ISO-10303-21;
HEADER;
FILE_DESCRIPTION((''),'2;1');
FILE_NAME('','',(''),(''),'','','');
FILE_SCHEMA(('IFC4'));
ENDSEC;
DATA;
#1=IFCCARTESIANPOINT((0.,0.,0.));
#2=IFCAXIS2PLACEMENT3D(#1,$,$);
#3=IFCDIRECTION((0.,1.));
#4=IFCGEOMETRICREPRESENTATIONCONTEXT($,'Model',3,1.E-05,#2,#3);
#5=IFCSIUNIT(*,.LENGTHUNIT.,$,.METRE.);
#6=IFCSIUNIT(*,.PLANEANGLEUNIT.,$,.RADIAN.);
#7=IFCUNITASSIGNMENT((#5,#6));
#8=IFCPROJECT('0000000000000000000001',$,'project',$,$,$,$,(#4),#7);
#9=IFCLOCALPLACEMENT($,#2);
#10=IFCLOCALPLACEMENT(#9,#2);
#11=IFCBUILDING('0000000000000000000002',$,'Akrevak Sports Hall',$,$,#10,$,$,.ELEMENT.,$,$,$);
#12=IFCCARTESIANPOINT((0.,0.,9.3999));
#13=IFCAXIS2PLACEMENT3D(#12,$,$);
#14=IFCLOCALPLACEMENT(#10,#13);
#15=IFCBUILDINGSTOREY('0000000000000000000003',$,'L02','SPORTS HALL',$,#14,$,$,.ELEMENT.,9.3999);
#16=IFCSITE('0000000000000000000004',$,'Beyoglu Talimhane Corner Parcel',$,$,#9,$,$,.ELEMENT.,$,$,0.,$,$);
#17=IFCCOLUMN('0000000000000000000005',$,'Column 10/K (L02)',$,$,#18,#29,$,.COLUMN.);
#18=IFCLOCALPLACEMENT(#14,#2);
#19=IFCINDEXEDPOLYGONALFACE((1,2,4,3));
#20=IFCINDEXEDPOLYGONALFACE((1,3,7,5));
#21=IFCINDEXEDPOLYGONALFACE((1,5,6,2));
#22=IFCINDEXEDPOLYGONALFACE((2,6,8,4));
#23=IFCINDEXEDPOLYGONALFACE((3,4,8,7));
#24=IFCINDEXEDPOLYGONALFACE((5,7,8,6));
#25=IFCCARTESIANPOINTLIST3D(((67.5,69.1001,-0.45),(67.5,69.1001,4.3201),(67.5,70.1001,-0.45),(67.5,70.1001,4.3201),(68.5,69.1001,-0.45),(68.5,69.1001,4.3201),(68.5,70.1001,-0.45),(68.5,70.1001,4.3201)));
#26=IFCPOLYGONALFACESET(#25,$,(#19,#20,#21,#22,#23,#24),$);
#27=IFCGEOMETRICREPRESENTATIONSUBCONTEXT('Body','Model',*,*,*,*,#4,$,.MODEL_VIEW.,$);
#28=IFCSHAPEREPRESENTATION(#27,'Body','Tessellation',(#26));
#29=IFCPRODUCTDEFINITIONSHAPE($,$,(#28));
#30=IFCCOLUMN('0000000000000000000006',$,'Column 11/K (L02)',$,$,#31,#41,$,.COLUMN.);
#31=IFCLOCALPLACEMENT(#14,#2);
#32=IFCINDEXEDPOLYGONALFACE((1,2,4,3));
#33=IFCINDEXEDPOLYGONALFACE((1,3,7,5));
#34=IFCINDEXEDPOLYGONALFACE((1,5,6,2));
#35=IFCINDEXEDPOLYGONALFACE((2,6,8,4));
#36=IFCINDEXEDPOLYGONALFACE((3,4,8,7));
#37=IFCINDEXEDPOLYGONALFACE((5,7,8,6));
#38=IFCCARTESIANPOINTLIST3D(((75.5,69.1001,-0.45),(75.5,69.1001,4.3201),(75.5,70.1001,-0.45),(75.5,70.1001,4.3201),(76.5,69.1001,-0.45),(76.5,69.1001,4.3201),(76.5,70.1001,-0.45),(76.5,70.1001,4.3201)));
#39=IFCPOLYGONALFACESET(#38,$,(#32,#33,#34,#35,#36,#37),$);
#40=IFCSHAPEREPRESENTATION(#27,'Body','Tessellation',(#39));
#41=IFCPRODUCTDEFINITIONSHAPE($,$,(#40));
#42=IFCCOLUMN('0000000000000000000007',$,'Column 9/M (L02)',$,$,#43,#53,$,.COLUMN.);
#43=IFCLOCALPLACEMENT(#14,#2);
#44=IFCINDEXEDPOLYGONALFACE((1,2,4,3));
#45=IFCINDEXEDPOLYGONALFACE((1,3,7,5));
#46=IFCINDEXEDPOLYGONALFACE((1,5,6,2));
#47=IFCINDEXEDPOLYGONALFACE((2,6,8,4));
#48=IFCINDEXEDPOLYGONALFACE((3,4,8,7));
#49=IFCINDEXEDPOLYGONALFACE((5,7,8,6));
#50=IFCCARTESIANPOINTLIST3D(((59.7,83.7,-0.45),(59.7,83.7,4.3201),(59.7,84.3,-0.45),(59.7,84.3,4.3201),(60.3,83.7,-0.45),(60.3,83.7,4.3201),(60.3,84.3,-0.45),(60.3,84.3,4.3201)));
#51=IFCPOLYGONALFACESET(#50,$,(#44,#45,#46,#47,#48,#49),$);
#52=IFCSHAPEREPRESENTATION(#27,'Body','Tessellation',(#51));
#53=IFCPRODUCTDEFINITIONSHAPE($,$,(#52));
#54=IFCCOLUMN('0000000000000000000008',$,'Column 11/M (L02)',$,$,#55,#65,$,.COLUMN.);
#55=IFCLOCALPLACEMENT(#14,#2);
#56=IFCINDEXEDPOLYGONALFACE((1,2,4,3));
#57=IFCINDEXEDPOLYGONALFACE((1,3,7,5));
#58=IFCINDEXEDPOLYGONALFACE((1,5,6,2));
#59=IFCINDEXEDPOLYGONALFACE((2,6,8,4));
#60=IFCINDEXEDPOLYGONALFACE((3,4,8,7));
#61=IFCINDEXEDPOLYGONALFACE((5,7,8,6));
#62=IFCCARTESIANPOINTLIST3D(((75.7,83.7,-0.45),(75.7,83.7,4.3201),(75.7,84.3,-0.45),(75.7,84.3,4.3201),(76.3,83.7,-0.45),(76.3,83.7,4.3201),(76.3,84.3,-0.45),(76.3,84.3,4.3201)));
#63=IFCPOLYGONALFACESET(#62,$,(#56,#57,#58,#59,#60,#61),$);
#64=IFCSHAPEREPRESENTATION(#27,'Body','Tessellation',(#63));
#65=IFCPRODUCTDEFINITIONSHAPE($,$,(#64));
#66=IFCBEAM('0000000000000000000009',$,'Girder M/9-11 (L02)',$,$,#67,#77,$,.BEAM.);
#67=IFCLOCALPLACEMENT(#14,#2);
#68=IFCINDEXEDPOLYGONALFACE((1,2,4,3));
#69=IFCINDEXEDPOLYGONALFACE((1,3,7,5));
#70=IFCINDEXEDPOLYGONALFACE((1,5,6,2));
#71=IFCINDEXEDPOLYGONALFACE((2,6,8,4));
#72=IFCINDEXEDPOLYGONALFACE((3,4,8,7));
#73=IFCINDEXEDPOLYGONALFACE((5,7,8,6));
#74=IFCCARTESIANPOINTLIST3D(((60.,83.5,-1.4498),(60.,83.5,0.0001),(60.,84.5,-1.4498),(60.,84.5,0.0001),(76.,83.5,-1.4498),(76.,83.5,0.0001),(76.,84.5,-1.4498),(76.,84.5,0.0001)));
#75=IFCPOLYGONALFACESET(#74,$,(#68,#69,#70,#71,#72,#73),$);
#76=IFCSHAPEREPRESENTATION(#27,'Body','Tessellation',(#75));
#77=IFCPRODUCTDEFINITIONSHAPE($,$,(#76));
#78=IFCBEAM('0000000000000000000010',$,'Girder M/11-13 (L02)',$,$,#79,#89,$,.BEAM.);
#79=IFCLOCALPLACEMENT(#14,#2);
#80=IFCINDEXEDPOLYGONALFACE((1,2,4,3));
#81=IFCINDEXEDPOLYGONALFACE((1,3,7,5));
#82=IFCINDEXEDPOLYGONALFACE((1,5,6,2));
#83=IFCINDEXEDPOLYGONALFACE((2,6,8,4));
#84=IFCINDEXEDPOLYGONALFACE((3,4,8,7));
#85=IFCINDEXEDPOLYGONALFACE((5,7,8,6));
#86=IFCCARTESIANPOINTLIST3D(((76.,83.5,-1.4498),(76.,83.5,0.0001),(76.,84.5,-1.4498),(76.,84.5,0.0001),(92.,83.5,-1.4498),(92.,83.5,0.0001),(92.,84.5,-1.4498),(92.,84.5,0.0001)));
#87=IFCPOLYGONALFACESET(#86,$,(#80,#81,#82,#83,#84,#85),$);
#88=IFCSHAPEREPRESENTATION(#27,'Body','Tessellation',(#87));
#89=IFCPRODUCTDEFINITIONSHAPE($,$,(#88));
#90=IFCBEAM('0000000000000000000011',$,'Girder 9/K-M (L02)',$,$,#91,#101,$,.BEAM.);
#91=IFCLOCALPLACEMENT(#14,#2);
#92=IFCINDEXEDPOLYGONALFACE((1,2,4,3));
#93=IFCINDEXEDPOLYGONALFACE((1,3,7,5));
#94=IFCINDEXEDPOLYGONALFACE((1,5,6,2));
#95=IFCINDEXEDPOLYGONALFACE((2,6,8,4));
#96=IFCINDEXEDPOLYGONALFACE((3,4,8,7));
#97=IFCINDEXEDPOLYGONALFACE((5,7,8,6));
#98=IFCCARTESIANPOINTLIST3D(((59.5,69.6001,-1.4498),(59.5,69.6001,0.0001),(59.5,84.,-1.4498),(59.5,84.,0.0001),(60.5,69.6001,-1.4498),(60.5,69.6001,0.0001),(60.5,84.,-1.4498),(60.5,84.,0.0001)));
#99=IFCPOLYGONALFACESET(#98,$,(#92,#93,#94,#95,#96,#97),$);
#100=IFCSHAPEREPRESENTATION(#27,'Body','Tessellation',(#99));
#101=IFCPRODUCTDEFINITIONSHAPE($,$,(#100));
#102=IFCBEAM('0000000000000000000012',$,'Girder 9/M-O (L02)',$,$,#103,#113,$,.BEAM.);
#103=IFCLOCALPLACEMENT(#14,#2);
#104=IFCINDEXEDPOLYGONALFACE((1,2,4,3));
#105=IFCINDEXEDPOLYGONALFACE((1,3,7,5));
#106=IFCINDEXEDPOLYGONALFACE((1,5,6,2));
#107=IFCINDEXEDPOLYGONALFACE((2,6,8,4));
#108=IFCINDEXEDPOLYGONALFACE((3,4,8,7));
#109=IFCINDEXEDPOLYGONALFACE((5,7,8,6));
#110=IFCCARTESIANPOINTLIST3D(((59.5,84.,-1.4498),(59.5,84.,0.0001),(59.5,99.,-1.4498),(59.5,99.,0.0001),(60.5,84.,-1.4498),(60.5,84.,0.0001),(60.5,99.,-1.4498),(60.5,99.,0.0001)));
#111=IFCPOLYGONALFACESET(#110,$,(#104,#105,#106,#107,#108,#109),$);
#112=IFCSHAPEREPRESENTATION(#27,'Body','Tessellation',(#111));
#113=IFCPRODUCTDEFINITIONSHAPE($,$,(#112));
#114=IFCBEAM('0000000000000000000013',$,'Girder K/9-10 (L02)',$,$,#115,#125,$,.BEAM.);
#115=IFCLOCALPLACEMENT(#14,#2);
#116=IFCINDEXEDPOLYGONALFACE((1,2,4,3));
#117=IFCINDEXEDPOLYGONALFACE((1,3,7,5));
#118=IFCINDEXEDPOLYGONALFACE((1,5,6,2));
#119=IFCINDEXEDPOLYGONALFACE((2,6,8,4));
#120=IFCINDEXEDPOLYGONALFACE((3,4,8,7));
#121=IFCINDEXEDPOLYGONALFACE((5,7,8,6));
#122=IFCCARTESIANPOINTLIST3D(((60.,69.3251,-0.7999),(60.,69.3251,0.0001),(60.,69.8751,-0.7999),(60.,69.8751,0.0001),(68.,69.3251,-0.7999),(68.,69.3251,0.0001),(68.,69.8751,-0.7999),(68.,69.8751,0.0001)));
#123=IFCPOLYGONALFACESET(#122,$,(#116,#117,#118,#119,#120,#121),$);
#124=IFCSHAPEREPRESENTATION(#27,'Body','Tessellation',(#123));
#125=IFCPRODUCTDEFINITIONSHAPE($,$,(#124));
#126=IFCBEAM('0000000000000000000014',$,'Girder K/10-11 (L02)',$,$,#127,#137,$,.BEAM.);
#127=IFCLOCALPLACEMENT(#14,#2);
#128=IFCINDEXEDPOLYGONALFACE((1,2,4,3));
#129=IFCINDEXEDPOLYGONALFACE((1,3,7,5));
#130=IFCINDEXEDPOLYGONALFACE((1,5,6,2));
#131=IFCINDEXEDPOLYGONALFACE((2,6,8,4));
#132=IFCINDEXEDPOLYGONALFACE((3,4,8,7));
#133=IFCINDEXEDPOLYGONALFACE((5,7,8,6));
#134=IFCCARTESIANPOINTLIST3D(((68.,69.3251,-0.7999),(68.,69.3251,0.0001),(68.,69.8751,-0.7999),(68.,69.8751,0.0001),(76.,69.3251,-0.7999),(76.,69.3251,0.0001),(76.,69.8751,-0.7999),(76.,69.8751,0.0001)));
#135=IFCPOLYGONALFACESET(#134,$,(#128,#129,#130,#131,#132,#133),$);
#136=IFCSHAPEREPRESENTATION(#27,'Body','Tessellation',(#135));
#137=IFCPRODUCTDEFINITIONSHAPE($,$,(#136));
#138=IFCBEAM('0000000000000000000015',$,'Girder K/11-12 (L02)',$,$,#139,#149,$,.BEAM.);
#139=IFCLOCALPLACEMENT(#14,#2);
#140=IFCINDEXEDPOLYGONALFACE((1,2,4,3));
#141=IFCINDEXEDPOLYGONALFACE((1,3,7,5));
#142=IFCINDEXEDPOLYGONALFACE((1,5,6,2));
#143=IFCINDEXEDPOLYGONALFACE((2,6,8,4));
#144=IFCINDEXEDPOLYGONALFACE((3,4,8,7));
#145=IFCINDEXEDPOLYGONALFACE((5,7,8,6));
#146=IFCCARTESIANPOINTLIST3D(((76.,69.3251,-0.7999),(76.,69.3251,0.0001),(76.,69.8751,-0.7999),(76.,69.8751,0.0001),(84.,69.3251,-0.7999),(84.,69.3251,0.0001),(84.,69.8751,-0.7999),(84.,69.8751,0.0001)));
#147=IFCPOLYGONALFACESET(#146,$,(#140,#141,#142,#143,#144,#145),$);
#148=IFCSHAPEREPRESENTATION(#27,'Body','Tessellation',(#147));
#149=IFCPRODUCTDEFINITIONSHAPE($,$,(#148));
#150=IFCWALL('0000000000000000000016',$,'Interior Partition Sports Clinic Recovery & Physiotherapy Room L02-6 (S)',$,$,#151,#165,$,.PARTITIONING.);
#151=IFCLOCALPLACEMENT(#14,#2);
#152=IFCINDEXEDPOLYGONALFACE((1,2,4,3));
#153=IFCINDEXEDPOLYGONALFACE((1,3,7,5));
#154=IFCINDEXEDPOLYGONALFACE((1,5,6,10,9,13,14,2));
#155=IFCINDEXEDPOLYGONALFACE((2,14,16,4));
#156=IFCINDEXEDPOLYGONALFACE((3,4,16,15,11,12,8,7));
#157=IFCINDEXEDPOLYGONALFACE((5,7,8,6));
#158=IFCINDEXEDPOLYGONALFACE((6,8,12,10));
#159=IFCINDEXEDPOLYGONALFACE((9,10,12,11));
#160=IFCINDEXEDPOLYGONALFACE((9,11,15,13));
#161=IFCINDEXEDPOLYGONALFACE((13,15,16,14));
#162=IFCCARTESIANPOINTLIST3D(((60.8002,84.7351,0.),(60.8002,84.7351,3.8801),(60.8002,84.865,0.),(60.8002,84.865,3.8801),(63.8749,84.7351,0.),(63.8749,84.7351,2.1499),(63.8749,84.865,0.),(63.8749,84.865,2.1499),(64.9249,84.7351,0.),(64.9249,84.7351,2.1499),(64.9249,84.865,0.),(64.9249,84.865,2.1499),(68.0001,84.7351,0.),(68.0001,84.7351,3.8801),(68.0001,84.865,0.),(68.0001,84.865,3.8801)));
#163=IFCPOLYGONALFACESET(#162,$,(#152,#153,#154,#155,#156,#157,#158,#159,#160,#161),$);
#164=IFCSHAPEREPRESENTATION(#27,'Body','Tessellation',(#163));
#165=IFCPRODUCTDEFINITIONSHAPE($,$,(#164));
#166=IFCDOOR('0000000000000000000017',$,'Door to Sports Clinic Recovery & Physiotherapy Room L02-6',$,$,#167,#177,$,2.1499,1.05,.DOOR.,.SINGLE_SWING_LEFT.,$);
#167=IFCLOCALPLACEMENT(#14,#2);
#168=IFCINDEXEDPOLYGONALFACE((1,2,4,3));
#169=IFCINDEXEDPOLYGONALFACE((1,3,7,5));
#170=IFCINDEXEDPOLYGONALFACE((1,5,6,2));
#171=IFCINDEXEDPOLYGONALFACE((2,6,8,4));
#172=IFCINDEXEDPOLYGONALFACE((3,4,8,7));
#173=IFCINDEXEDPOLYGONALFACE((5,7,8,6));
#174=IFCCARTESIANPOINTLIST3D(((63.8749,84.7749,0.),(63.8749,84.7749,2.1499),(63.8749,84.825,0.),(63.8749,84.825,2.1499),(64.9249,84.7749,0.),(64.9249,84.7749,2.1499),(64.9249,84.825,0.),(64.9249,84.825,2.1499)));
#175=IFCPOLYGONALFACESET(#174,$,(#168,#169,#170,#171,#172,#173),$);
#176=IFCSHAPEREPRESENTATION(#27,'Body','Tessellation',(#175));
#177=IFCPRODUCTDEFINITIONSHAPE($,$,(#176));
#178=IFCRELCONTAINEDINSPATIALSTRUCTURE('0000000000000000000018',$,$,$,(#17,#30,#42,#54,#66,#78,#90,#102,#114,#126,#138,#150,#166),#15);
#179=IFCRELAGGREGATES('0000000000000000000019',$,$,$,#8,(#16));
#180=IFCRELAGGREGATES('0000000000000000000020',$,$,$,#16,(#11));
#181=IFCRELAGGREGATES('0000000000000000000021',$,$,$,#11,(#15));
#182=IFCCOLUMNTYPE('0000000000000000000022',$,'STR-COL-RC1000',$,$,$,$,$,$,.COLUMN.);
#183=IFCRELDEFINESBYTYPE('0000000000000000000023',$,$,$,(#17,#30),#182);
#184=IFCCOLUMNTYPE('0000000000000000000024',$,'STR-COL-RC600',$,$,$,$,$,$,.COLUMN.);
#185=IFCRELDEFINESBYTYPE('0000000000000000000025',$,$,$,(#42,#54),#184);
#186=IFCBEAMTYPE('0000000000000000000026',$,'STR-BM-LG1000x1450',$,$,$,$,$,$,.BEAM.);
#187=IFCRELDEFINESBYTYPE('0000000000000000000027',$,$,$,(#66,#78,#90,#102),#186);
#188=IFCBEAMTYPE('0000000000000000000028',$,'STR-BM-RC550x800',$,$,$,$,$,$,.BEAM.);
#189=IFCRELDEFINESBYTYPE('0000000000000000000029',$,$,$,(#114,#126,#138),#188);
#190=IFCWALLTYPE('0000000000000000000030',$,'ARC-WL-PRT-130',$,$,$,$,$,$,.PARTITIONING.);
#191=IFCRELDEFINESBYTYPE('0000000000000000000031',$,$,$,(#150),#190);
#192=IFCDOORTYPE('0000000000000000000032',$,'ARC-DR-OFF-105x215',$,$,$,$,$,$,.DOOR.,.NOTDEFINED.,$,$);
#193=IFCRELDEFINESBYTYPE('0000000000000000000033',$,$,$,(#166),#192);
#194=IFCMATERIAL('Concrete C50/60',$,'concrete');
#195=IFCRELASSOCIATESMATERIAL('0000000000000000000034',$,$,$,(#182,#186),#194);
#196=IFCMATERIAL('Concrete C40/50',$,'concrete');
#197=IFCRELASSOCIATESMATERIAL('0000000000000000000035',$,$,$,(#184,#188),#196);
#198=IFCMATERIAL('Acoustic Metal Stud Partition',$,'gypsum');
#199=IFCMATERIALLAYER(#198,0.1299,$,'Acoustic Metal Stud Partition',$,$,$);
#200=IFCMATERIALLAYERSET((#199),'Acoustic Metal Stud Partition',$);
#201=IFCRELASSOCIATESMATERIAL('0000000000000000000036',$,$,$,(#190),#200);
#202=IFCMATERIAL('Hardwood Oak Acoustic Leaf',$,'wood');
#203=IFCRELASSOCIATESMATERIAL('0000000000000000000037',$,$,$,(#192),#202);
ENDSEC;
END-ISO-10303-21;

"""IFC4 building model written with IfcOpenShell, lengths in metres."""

from ifc_helpers import new_model, si_unit, direction, frame, frame_2d, origin, origin_2d, place, context, subcontext, project, spatial, rectangle, extrude, material, layer, layer_set, material_profile, profile_set, type_object, element, fill, save


model = new_model("IFC4")

# Units and contexts
model_context = context("Model", 3, precision=1e-05, world=origin(), true_north=direction((0.0, 1.0)))
body_context = subcontext(model_context, "Body", "Model", "MODEL_VIEW")
ifc_project = project(units=[si_unit("LENGTHUNIT", "METRE"), si_unit("PLANEANGLEUNIT", "RADIAN")], contexts=[model_context])

# Site, building, storey
site_placement = place(None, origin())
site = spatial("IfcSite", under=ifc_project, at=site_placement, Name="Beyoglu Talimhane Corner Parcel", CompositionType="ELEMENT", RefElevation=0.0)
building_placement = place(site_placement, origin())
building = spatial("IfcBuilding", under=site, at=building_placement, Name="Akrevak Sports Hall", CompositionType="ELEMENT")
storey_placement = place(building_placement, frame((0.0, 0.0, 9.3999)))
storey = spatial("IfcBuildingStorey", under=building, at=storey_placement, Name="L02", Description="SPORTS HALL", CompositionType="ELEMENT", Elevation=9.3999)

# Columns
ifc_material_1 = material(Name="Concrete C50/60", Category="concrete")
ifc_material_profile_1 = material_profile(ifc_material_1, rectangle(XDim=1.0, YDim=1.0, at=origin_2d()), Name="RC 1000x1000", Category="concrete")
ifc_profile_set_1 = profile_set([ifc_material_profile_1], Name="Concrete C50/60")
column_type_1 = type_object("IfcColumnType", Name="STR-COL-RC1000", PredefinedType="COLUMN", material=ifc_profile_set_1)
for number, where, z_axis, x_axis, name in (
    (1, (68.0, 69.6001, -0.45), (0.0, 0.0, 1.0), (1.0, 0.0, 0.0), "Column 10/K (L02)"),
    (2, (76.0, 69.6001, -0.45), (0.0, 0.0, 1.0), (1.0, 0.0, 0.0), "Column 11/K (L02)"),
):
    element("IfcColumn", number, at=place(storey_placement, frame(where, z_axis=z_axis, x_axis=x_axis)), inside=storey, type_object=column_type_1, Name=name, PredefinedType="COLUMN", context=body_context, shape_type="SweptSolid", body=[
        extrude(rectangle(XDim=1.0, YDim=1.0, at=origin_2d()), origin(), (0.0, 0.0, 1.0), 4.77),
    ])
ifc_material_2 = material(Name="Concrete C40/50", Category="concrete")
ifc_material_profile_2 = material_profile(ifc_material_2, rectangle(XDim=0.6001, YDim=0.6001, at=origin_2d()), Name="RC 600x600", Category="concrete")
ifc_profile_set_2 = profile_set([ifc_material_profile_2], Name="Concrete C40/50")
column_type_2 = type_object("IfcColumnType", Name="STR-COL-RC600", PredefinedType="COLUMN", material=ifc_profile_set_2)
for number, where, z_axis, x_axis, name in (
    (3, (60.0, 84.0, -0.45), (0.0, 0.0, 1.0), (1.0, 0.0, 0.0), "Column 9/M (L02)"),
    (4, (76.0, 84.0, -0.45), (0.0, 0.0, 1.0), (1.0, 0.0, 0.0), "Column 11/M (L02)"),
):
    element("IfcColumn", number, at=place(storey_placement, frame(where, z_axis=z_axis, x_axis=x_axis)), inside=storey, type_object=column_type_2, Name=name, PredefinedType="COLUMN", context=body_context, shape_type="SweptSolid", body=[
        extrude(rectangle(XDim=0.6001, YDim=0.6001, at=origin_2d()), origin(), (0.0, 0.0, 1.0), 4.77),
    ])

# Beams
ifc_material_profile_3 = material_profile(ifc_material_1, rectangle(XDim=1.0, YDim=1.45, at=origin_2d()), Name="BM 1000x1450", Category="concrete")
ifc_profile_set_3 = profile_set([ifc_material_profile_3], Name="Concrete C50/60")
beam_type_1 = type_object("IfcBeamType", Name="STR-BM-LG1000x1450", PredefinedType="BEAM", material=ifc_profile_set_3)
for number, where, z_axis, x_axis, name in (
    (5, (60.0, 84.0, -0.7249), (1.0, 0.0, 0.0), (0.0, 1.0, 0.0), "Girder M/9-11 (L02)"),
    (6, (76.0, 84.0, -0.7249), (1.0, 0.0, 0.0), (0.0, 1.0, 0.0), "Girder M/11-13 (L02)"),
):
    element("IfcBeam", number, at=place(storey_placement, frame(where, z_axis=z_axis, x_axis=x_axis)), inside=storey, type_object=beam_type_1, Name=name, PredefinedType="BEAM", context=body_context, shape_type="SweptSolid", body=[
        extrude(rectangle(XDim=1.0, YDim=1.45, at=origin_2d()), origin(), (0.0, 0.0, 1.0), 16.0),
    ])
beam_1_placement = place(storey_placement, frame((60.0, 69.6001, -0.7249), z_axis=(0.0, 1.0, 0.0), x_axis=(-1.0, 0.0, 0.0)))
element("IfcBeam", 7, at=beam_1_placement, inside=storey, type_object=beam_type_1, Name="Girder 9/K-M (L02)", PredefinedType="BEAM", context=body_context, shape_type="SweptSolid", body=[
    extrude(rectangle(XDim=1.0, YDim=1.45, at=origin_2d()), origin(), (0.0, 0.0, 1.0), 14.3999),
])
beam_2_placement = place(storey_placement, frame((60.0, 84.0, -0.7249), z_axis=(0.0, 1.0, 0.0), x_axis=(-1.0, 0.0, 0.0)))
element("IfcBeam", 8, at=beam_2_placement, inside=storey, type_object=beam_type_1, Name="Girder 9/M-O (L02)", PredefinedType="BEAM", context=body_context, shape_type="SweptSolid", body=[
    extrude(rectangle(XDim=1.0, YDim=1.45, at=origin_2d()), origin(), (0.0, 0.0, 1.0), 15.0),
])
ifc_material_profile_4 = material_profile(ifc_material_2, rectangle(XDim=0.55, YDim=0.8, at=origin_2d()), Name="BM 550x800", Category="concrete")
ifc_profile_set_4 = profile_set([ifc_material_profile_4], Name="Concrete C40/50")
beam_type_2 = type_object("IfcBeamType", Name="STR-BM-RC550x800", PredefinedType="BEAM", material=ifc_profile_set_4)
for number, where, z_axis, x_axis, name in (
    (9, (60.0, 69.6001, -0.3999), (1.0, 0.0, 0.0), (0.0, 1.0, 0.0), "Girder K/9-10 (L02)"),
    (10, (68.0, 69.6001, -0.3999), (1.0, 0.0, 0.0), (0.0, 1.0, 0.0), "Girder K/10-11 (L02)"),
    (11, (76.0, 69.6001, -0.3999), (1.0, 0.0, 0.0), (0.0, 1.0, 0.0), "Girder K/11-12 (L02)"),
):
    element("IfcBeam", number, at=place(storey_placement, frame(where, z_axis=z_axis, x_axis=x_axis)), inside=storey, type_object=beam_type_2, Name=name, PredefinedType="BEAM", context=body_context, shape_type="SweptSolid", body=[
        extrude(rectangle(XDim=0.55, YDim=0.8, at=origin_2d()), origin(), (0.0, 0.0, 1.0), 8.0),
    ])

# Wall, opening, door
ifc_material_3 = material(Name="Acoustic Metal Stud Partition", Category="gypsum")
ifc_layer_1 = layer(ifc_material_3, 0.1299, Name="Acoustic Metal Stud Partition")
ifc_layer_set_1 = layer_set([ifc_layer_1], Name="Acoustic Metal Stud Partition")
wall_type_1 = type_object("IfcWallType", Name="ARC-WL-PRT-130", PredefinedType="PARTITIONING", material=ifc_layer_set_1)
wall_1_placement = place(storey_placement, frame((60.8, 84.8, 0.0), z_axis=(0.0, 0.0, 1.0), x_axis=(1.0, 0.0, 0.0)))
wall_1 = element("IfcWall", 12, at=wall_1_placement, inside=storey, type_object=wall_type_1, Name="Interior Partition Sports Clinic Recovery & Physiotherapy Room L02-6 (S)", PredefinedType="PARTITIONING", context=body_context, shape_type="SweptSolid", body=[
    extrude(rectangle(XDim=7.2, YDim=0.1299, at=frame_2d((3.6001, 0.0))), origin(), (0.0, 0.0, 1.0), 3.8801),
])
opening_1_placement = place(wall_1_placement, frame((3.075, 0.0, 0.0)))
opening_1 = element("IfcOpeningElement", 13, at=opening_1_placement, cuts=wall_1, PredefinedType="OPENING", context=body_context, shape_type="SweptSolid", body=[
    extrude(rectangle(XDim=1.05, YDim=2.1499, at=frame_2d((0.5249, 1.075))), frame((0.0, 0.0769, 0.0), z_axis=(0.0, -1.0, 0.0), x_axis=(1.0, 0.0, 0.0)), (0.0, 0.0, 1.0), 0.1538),
])
ifc_material_4 = material(Name="Hardwood Oak Acoustic Leaf", Category="wood")
door_type_1 = type_object("IfcDoorType", Name="ARC-DR-OFF-105x215", OperationType="NOTDEFINED", PredefinedType="DOOR", material=ifc_material_4)
door_1_placement = place(opening_1_placement, origin())
door_1 = element("IfcDoor", 14, at=door_1_placement, inside=storey, type_object=door_type_1, Name="Door to Sports Clinic Recovery & Physiotherapy Room L02-6", OperationType="SINGLE_SWING_LEFT", OverallHeight=2.1499, OverallWidth=1.05, PredefinedType="DOOR", context=body_context, shape_type="SweptSolid", body=[
    extrude(rectangle(XDim=1.05, YDim=2.1499, at=frame_2d((0.5249, 1.075))), frame((0.0, 0.0249, 0.0), z_axis=(0.0, -1.0, 0.0), x_axis=(1.0, 0.0, 0.0)), (0.0, 0.0, 1.0), 0.05),
])
fill(opening_1, door_1)

save(model, "model.ifc")
